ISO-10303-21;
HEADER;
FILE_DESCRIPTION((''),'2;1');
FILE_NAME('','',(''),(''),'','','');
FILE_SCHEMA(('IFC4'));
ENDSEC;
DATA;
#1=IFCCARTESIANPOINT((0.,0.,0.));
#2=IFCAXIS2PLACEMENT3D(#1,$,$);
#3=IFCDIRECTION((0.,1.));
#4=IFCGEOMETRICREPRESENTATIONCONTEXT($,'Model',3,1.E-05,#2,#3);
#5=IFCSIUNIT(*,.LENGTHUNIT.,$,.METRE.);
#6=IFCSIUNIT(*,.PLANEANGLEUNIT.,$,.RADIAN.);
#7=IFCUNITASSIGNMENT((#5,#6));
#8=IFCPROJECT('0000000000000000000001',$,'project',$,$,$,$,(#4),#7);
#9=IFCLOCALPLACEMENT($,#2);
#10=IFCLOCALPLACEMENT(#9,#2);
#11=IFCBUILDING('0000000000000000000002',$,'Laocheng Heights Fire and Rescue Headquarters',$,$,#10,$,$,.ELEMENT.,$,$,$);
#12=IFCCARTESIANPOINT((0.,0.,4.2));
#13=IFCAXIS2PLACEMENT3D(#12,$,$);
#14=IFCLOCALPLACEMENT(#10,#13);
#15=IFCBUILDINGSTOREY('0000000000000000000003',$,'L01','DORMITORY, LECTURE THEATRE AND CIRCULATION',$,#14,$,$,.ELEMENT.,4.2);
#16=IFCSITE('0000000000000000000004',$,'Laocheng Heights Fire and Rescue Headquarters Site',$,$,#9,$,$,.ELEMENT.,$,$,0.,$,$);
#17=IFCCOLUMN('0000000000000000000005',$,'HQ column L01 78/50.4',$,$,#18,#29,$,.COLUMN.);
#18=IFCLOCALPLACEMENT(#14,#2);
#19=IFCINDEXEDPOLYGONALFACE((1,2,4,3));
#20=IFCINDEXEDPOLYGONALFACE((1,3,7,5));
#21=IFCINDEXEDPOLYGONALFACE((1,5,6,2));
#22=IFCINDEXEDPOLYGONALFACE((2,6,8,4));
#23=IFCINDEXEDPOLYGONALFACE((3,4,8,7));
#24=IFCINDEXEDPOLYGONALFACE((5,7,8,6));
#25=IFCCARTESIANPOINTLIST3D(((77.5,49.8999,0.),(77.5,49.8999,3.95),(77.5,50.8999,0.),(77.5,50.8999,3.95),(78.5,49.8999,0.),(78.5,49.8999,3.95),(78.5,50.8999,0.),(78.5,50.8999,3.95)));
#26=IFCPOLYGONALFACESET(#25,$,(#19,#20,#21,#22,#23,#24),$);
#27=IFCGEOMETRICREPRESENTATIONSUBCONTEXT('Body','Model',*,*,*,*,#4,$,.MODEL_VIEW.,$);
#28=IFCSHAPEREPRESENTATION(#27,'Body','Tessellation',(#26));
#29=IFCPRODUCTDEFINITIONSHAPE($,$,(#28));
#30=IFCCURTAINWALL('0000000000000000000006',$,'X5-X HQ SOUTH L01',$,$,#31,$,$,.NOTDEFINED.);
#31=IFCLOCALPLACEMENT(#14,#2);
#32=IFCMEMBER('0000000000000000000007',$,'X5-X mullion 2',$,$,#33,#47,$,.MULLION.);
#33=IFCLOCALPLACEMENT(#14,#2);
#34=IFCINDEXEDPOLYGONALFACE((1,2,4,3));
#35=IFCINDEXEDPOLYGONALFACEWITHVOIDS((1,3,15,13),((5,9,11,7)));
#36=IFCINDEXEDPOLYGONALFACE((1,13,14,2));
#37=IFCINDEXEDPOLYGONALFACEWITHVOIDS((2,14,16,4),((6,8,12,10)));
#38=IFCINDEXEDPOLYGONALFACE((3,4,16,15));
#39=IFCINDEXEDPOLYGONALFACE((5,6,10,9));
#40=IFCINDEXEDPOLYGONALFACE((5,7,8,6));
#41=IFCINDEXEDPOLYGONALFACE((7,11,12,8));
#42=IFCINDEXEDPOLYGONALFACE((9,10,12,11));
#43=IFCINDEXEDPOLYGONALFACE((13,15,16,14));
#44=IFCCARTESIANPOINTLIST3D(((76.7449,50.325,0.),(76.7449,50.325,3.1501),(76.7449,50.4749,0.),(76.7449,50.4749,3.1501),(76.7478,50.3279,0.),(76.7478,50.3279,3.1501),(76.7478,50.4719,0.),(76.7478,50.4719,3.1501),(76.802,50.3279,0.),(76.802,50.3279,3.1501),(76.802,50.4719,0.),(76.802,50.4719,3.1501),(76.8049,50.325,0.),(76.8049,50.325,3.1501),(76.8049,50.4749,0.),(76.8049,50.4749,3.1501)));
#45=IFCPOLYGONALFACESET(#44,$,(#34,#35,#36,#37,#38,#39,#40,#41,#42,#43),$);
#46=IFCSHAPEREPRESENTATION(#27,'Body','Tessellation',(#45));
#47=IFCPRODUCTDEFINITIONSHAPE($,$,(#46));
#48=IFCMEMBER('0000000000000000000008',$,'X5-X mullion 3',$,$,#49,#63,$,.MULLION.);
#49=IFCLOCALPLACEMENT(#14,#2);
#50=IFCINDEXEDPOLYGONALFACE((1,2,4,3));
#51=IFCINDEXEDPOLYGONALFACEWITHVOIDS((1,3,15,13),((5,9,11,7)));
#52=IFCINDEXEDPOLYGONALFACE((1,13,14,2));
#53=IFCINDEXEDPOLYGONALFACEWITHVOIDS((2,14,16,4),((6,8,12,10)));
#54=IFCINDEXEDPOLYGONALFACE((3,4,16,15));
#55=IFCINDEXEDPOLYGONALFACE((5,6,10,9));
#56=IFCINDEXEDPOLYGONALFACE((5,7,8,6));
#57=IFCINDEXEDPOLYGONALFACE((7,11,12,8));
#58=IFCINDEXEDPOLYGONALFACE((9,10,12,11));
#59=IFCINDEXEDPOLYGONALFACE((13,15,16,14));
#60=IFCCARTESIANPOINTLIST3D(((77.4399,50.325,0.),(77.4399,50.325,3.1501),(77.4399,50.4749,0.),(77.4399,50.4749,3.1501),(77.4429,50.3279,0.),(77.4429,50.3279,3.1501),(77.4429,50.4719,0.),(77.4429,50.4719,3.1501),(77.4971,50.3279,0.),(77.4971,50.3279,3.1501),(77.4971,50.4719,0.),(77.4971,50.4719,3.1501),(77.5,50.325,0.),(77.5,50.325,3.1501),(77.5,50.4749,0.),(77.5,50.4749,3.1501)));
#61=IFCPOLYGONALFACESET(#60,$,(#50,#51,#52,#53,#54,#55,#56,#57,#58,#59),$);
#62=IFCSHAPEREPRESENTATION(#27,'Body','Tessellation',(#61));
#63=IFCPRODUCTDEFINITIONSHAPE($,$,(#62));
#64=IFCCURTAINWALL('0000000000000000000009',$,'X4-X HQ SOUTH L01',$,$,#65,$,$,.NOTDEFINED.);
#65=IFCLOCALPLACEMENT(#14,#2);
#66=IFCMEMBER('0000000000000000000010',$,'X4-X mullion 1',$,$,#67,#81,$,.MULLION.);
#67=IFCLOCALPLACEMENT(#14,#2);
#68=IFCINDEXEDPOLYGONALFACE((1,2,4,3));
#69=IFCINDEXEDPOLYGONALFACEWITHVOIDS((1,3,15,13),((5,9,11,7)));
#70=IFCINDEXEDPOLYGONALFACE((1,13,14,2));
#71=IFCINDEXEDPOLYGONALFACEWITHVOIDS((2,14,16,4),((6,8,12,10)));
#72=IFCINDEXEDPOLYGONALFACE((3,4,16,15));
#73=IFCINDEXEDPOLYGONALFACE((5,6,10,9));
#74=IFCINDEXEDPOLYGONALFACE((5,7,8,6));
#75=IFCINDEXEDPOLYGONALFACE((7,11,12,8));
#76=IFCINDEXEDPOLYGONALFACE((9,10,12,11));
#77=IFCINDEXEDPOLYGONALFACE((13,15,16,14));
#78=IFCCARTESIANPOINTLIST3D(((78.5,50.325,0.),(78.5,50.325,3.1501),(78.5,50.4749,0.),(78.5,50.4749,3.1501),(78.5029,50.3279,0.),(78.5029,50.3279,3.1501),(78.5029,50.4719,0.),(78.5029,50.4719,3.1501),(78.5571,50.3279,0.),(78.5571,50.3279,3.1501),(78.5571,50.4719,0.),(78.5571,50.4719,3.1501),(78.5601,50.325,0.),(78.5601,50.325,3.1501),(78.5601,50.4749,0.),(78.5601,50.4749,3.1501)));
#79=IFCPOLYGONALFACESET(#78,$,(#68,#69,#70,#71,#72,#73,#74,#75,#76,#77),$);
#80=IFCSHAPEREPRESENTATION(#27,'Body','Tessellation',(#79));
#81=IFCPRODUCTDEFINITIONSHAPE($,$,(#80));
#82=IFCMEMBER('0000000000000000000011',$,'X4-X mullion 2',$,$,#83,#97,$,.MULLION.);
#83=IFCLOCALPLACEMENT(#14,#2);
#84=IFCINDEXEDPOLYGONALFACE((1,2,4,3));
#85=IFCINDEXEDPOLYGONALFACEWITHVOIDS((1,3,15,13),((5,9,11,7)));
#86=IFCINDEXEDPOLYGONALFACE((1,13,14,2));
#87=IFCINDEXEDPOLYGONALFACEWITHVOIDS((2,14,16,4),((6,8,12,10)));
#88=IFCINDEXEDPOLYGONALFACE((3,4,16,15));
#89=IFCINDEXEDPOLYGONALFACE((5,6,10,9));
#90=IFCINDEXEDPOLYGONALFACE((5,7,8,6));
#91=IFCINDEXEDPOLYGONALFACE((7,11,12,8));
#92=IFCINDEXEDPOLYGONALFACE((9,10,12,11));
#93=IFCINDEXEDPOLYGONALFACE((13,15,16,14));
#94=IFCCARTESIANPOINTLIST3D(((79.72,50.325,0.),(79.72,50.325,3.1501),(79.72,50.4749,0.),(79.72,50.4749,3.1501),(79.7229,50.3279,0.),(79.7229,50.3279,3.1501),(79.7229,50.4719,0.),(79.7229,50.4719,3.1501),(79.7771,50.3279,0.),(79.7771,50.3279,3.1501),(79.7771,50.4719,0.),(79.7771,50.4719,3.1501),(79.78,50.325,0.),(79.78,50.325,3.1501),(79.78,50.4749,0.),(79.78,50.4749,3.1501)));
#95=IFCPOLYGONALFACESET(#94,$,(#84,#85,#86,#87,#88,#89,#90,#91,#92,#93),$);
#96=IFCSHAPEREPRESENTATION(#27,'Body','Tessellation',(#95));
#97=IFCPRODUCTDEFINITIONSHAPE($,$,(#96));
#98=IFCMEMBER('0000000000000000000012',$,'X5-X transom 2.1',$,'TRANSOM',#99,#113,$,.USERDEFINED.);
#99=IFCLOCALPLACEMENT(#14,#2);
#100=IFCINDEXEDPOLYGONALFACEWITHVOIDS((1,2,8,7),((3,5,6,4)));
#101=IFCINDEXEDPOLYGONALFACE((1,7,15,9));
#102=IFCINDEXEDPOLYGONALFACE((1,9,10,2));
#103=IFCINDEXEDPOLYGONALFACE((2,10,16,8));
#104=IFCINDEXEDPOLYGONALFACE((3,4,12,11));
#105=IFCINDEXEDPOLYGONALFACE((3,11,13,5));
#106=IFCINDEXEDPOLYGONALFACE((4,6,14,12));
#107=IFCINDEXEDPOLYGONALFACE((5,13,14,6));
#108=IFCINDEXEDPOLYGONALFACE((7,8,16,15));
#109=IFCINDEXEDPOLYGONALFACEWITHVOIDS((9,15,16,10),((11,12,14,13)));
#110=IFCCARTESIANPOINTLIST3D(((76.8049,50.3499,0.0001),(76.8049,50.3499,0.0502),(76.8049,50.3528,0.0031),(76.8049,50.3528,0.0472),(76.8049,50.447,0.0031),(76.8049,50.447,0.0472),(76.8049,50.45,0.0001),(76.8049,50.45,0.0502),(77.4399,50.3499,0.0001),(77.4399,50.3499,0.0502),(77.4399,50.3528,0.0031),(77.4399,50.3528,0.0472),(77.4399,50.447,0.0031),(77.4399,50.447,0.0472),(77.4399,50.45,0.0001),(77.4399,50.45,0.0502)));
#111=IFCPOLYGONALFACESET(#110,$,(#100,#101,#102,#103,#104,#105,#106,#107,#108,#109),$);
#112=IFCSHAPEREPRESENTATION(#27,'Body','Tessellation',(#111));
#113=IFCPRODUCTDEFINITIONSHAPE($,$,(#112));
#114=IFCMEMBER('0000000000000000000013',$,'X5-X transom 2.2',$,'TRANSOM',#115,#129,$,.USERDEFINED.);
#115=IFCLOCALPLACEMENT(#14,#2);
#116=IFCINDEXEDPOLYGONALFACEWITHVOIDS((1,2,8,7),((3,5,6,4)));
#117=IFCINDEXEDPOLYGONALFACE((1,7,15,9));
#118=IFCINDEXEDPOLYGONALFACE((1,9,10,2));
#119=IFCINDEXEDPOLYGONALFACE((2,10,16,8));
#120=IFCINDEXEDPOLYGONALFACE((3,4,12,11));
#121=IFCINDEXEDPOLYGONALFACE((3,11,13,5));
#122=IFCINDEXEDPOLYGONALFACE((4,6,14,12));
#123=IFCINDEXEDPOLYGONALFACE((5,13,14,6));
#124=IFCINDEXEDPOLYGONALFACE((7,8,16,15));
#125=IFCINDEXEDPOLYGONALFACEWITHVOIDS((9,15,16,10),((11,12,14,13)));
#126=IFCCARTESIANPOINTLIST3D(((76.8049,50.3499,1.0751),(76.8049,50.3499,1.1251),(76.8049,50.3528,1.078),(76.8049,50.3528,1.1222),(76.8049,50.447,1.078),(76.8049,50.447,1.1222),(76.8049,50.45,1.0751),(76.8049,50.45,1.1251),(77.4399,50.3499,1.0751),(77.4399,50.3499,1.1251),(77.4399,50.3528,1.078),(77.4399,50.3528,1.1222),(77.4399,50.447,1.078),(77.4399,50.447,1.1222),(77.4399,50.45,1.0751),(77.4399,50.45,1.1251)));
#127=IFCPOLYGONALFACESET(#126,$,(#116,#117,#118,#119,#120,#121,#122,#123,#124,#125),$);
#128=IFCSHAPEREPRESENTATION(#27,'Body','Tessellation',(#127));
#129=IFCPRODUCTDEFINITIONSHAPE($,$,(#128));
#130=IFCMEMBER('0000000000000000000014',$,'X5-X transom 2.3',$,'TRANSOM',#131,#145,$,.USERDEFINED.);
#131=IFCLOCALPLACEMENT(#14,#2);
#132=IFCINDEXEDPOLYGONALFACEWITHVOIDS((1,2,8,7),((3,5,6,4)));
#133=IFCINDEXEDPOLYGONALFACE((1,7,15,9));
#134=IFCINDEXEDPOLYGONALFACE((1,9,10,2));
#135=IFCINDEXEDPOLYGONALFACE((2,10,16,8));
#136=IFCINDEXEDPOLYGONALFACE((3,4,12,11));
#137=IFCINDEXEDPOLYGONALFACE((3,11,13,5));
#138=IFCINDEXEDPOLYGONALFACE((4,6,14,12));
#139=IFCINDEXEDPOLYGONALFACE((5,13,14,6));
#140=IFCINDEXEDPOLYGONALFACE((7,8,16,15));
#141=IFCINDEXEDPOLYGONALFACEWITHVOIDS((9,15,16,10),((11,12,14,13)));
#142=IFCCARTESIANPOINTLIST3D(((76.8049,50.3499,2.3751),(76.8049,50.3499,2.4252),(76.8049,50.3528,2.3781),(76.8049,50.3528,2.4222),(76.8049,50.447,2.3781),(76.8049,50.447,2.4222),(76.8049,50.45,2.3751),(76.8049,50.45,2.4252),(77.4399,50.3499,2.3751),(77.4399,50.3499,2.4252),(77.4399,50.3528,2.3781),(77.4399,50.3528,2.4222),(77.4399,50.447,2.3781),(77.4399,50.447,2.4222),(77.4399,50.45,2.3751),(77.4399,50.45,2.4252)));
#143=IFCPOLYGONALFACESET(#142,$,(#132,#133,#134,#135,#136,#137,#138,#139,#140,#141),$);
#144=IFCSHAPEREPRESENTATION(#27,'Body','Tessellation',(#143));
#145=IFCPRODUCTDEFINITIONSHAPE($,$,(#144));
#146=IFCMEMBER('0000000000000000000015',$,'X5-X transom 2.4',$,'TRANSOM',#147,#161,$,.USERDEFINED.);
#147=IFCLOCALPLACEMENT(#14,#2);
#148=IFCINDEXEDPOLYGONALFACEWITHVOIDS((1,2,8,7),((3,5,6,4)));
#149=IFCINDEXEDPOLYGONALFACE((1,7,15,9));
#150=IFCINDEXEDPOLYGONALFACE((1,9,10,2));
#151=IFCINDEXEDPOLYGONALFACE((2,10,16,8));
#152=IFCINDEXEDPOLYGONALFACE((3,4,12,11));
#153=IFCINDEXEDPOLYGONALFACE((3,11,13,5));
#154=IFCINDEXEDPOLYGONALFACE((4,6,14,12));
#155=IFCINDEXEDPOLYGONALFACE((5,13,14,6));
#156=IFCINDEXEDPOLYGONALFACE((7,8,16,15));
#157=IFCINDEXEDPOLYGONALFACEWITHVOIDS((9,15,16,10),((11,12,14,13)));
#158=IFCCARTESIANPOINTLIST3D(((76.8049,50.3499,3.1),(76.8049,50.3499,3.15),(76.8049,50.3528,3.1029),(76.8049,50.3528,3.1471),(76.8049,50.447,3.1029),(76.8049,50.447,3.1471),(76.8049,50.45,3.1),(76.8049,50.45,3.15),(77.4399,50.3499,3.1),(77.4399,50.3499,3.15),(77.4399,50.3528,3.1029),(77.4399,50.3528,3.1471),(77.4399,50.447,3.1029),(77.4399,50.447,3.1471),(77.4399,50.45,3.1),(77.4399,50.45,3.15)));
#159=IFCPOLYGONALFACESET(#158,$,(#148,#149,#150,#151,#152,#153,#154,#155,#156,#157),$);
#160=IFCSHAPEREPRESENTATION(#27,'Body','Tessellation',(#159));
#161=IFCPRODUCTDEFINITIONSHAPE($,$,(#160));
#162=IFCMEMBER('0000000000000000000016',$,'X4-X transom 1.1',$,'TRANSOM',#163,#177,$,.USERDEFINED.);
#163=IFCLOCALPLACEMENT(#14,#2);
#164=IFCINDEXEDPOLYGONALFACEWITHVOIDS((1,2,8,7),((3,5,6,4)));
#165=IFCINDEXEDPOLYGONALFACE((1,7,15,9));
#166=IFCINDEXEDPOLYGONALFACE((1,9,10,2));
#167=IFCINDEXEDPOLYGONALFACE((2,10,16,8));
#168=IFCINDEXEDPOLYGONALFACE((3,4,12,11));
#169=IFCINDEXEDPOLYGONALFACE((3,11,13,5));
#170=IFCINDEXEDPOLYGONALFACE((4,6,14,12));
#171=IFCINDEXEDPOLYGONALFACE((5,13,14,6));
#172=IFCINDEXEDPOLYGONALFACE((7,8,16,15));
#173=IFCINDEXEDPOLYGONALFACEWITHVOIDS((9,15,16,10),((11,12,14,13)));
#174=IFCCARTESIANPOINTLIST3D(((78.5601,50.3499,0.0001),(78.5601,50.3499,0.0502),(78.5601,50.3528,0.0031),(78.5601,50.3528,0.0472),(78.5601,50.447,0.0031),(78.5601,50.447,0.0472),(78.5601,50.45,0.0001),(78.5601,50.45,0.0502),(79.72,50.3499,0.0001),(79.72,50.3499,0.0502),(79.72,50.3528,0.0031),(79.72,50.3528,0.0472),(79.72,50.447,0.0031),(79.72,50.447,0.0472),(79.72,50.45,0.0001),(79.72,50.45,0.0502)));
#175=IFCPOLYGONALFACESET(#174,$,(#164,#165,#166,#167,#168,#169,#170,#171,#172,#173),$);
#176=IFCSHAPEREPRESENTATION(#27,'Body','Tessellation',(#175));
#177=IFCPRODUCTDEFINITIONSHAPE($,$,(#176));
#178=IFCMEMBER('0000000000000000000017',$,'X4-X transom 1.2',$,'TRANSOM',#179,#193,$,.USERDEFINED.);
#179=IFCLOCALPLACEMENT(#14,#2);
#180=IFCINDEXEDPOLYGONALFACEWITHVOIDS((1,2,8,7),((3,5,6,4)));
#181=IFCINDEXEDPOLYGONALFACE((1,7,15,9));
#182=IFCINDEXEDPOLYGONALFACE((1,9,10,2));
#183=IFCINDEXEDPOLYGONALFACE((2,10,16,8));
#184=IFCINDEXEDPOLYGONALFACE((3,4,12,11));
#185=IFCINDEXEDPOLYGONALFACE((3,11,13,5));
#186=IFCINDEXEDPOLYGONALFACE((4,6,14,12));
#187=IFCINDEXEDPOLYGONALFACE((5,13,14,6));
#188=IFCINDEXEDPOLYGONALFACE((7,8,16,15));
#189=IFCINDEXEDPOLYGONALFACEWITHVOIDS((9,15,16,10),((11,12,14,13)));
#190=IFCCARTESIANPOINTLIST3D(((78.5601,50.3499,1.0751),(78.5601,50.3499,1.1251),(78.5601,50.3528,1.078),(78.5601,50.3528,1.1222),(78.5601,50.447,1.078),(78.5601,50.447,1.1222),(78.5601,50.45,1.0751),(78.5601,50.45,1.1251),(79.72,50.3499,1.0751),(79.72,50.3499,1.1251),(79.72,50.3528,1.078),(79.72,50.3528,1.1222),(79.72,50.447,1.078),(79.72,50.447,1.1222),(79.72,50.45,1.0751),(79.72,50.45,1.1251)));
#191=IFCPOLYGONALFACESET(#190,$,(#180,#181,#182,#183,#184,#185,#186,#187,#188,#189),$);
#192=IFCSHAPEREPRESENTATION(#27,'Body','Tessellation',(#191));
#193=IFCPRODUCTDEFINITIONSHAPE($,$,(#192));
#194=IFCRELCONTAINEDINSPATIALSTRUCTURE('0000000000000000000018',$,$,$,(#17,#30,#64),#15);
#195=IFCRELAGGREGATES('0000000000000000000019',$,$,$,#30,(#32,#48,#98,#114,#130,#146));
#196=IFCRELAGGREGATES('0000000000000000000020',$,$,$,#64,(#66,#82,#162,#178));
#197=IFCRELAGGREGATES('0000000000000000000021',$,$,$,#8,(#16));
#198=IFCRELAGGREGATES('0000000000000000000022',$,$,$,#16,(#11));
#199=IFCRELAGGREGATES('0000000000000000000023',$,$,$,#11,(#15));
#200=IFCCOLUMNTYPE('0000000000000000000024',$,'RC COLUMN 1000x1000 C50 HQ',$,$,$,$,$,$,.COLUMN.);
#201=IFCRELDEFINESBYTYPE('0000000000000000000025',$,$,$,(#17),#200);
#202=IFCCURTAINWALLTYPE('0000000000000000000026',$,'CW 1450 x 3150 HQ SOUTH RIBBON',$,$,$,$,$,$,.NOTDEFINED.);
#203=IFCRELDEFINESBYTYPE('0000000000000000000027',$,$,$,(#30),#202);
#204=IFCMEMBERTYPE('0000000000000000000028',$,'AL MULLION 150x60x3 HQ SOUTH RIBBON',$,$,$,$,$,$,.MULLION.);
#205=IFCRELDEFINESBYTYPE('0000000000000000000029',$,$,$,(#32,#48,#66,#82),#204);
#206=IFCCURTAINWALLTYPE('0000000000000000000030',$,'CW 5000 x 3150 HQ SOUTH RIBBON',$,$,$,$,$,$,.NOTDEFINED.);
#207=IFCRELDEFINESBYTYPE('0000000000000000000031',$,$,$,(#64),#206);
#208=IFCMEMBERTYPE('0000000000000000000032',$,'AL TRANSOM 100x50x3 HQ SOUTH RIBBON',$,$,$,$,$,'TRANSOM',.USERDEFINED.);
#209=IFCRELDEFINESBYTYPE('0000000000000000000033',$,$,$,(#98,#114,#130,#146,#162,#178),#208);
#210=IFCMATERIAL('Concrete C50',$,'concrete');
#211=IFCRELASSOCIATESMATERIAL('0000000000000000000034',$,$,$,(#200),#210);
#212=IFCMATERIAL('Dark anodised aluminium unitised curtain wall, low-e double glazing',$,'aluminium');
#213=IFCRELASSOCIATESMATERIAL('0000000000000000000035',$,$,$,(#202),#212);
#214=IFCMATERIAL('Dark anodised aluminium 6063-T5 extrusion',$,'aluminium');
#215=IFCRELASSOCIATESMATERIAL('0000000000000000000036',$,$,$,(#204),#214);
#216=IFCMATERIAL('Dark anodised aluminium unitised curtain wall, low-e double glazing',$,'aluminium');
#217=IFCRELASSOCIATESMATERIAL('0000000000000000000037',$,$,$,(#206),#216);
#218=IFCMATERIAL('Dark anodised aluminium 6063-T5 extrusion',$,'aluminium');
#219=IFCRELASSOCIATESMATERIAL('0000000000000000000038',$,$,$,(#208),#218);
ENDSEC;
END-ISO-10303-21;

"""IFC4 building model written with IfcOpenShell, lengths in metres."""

from ifc_helpers import new_model, si_unit, direction, frame, origin, origin_2d, place, context, subcontext, project, spatial, rectangle, hollow_rectangle, extrude, material, material_profile, profile_set, type_object, element, aggregate, save


model = new_model("IFC4")

# Units and contexts
model_context = context("Model", 3, precision=1e-05, world=origin(), true_north=direction((0.0, 1.0)))
body_context = subcontext(model_context, "Body", "Model", "MODEL_VIEW")
ifc_project = project(units=[si_unit("LENGTHUNIT", "METRE"), si_unit("PLANEANGLEUNIT", "RADIAN")], contexts=[model_context])

# Site, building, storey
site_placement = place(None, origin())
site = spatial("IfcSite", under=ifc_project, at=site_placement, Name="Laocheng Heights Fire and Rescue Headquarters Site", CompositionType="ELEMENT", RefElevation=0.0)
building_placement = place(site_placement, origin())
building = spatial("IfcBuilding", under=site, at=building_placement, Name="Laocheng Heights Fire and Rescue Headquarters", CompositionType="ELEMENT")
storey_placement = place(building_placement, frame((0.0, 0.0, 4.2)))
storey = spatial("IfcBuildingStorey", under=building, at=storey_placement, Name="L01", Description="DORMITORY, LECTURE THEATRE AND CIRCULATION", CompositionType="ELEMENT", Elevation=4.2)

# Column
ifc_material_1 = material(Name="Concrete C50", Category="concrete")
ifc_material_profile_1 = material_profile(ifc_material_1, rectangle(XDim=1.0, YDim=1.0, at=origin_2d()), Name="RC COLUMN 1000x1000 C50 HQ")
ifc_profile_set_1 = profile_set([ifc_material_profile_1], Name="Concrete C50")
column_type = type_object("IfcColumnType", Name="RC COLUMN 1000x1000 C50 HQ", PredefinedType="COLUMN", material=ifc_profile_set_1)
column_placement = place(storey_placement, frame((78.0, 50.3999, 0.0), z_axis=(0.0, 0.0, 1.0), x_axis=(1.0, 0.0, 0.0)))
element("IfcColumn", 1, at=column_placement, inside=storey, type_object=column_type, Name="HQ column L01 78/50.4", PredefinedType="COLUMN", context=body_context, shape_type="SweptSolid", body=[
    extrude(rectangle(XDim=1.0, YDim=1.0, at=origin_2d()), origin(), (0.0, 0.0, 1.0), 3.95),
])

# Curtain walls, members
ifc_material_2 = material(Name="Dark anodised aluminium unitised curtain wall, low-e double glazing", Category="aluminium")
curtain_wall_type_1 = type_object("IfcCurtainWallType", Name="CW 1450 x 3150 HQ SOUTH RIBBON", PredefinedType="NOTDEFINED", material=ifc_material_2)
curtain_wall_1_placement = place(storey_placement, origin())
curtain_wall_1 = element("IfcCurtainWall", 2, at=curtain_wall_1_placement, inside=storey, type_object=curtain_wall_type_1, Name="X5-X HQ SOUTH L01", PredefinedType="NOTDEFINED")
ifc_material_3 = material(Name="Dark anodised aluminium 6063-T5 extrusion", Category="aluminium")
ifc_material_profile_2 = material_profile(ifc_material_3, hollow_rectangle(XDim=0.1499, YDim=0.0601, WallThickness=0.0029, at=origin_2d()), Name="AL MULLION 150x60x3 HQ SOUTH RIBBON")
ifc_profile_set_2 = profile_set([ifc_material_profile_2], Name="Dark anodised aluminium 6063-T5 extrusion")
member_type_1 = type_object("IfcMemberType", Name="AL MULLION 150x60x3 HQ SOUTH RIBBON", PredefinedType="MULLION", material=ifc_profile_set_2)
member_1_placement = place(storey_placement, frame((76.7749, 50.3999, 0.0), z_axis=(0.0, 0.0, 1.0), x_axis=(0.0, 1.0, 0.0)))
member_1 = element("IfcMember", 3, at=member_1_placement, type_object=member_type_1, Name="X5-X mullion 2", PredefinedType="MULLION", context=body_context, shape_type="SweptSolid", body=[
    extrude(hollow_rectangle(XDim=0.1499, YDim=0.0601, WallThickness=0.0029, at=origin_2d()), origin(), (0.0, 0.0, 1.0), 3.1501),
])
member_2_placement = place(storey_placement, frame((77.47, 50.3999, 0.0), z_axis=(0.0, 0.0, 1.0), x_axis=(0.0, 1.0, 0.0)))
member_2 = element("IfcMember", 4, at=member_2_placement, type_object=member_type_1, Name="X5-X mullion 3", PredefinedType="MULLION", context=body_context, shape_type="SweptSolid", body=[
    extrude(hollow_rectangle(XDim=0.1499, YDim=0.0601, WallThickness=0.0029, at=origin_2d()), origin(), (0.0, 0.0, 1.0), 3.1501),
])
ifc_material_4 = material(Name="Dark anodised aluminium unitised curtain wall, low-e double glazing", Category="aluminium")
curtain_wall_type_2 = type_object("IfcCurtainWallType", Name="CW 5000 x 3150 HQ SOUTH RIBBON", PredefinedType="NOTDEFINED", material=ifc_material_4)
curtain_wall_2_placement = place(storey_placement, origin())
curtain_wall_2 = element("IfcCurtainWall", 5, at=curtain_wall_2_placement, inside=storey, type_object=curtain_wall_type_2, Name="X4-X HQ SOUTH L01", PredefinedType="NOTDEFINED")
member_3_placement = place(storey_placement, frame((78.53, 50.3999, 0.0), z_axis=(0.0, 0.0, 1.0), x_axis=(0.0, 1.0, 0.0)))
member_3 = element("IfcMember", 6, at=member_3_placement, type_object=member_type_1, Name="X4-X mullion 1", PredefinedType="MULLION", context=body_context, shape_type="SweptSolid", body=[
    extrude(hollow_rectangle(XDim=0.1499, YDim=0.0601, WallThickness=0.0029, at=origin_2d()), origin(), (0.0, 0.0, 1.0), 3.1501),
])
member_4_placement = place(storey_placement, frame((79.75, 50.3999, 0.0), z_axis=(0.0, 0.0, 1.0), x_axis=(0.0, 1.0, 0.0)))
member_4 = element("IfcMember", 7, at=member_4_placement, type_object=member_type_1, Name="X4-X mullion 2", PredefinedType="MULLION", context=body_context, shape_type="SweptSolid", body=[
    extrude(hollow_rectangle(XDim=0.1499, YDim=0.0601, WallThickness=0.0029, at=origin_2d()), origin(), (0.0, 0.0, 1.0), 3.1501),
])

# Members
ifc_material_5 = material(Name="Dark anodised aluminium 6063-T5 extrusion", Category="aluminium")
ifc_material_profile_3 = material_profile(ifc_material_5, hollow_rectangle(XDim=0.1001, YDim=0.05, WallThickness=0.0029, at=origin_2d()), Name="AL TRANSOM 100x50x3 HQ SOUTH RIBBON")
ifc_profile_set_3 = profile_set([ifc_material_profile_3], Name="Dark anodised aluminium 6063-T5 extrusion")
member_type_2 = type_object("IfcMemberType", Name="AL TRANSOM 100x50x3 HQ SOUTH RIBBON", ElementType="TRANSOM", PredefinedType="USERDEFINED", material=ifc_profile_set_3)
member_5_placement = place(storey_placement, frame((76.8049, 50.3999, 0.0251), z_axis=(1.0, 0.0, 0.0), x_axis=(0.0, 1.0, 0.0)))
member_5 = element("IfcMember", 8, at=member_5_placement, type_object=member_type_2, Name="X5-X transom 2.1", ObjectType="TRANSOM", PredefinedType="USERDEFINED", context=body_context, shape_type="SweptSolid", body=[
    extrude(hollow_rectangle(XDim=0.1001, YDim=0.05, WallThickness=0.0029, at=origin_2d()), origin(), (0.0, 0.0, 1.0), 0.635),
])
member_6_placement = place(storey_placement, frame((76.8049, 50.3999, 1.1001), z_axis=(1.0, 0.0, 0.0), x_axis=(0.0, 1.0, 0.0)))
member_6 = element("IfcMember", 9, at=member_6_placement, type_object=member_type_2, Name="X5-X transom 2.2", ObjectType="TRANSOM", PredefinedType="USERDEFINED", context=body_context, shape_type="SweptSolid", body=[
    extrude(hollow_rectangle(XDim=0.1001, YDim=0.05, WallThickness=0.0029, at=origin_2d()), origin(), (0.0, 0.0, 1.0), 0.635),
])
member_7_placement = place(storey_placement, frame((76.8049, 50.3999, 2.4001), z_axis=(1.0, 0.0, 0.0), x_axis=(0.0, 1.0, 0.0)))
member_7 = element("IfcMember", 10, at=member_7_placement, type_object=member_type_2, Name="X5-X transom 2.3", ObjectType="TRANSOM", PredefinedType="USERDEFINED", context=body_context, shape_type="SweptSolid", body=[
    extrude(hollow_rectangle(XDim=0.1001, YDim=0.05, WallThickness=0.0029, at=origin_2d()), origin(), (0.0, 0.0, 1.0), 0.635),
])
member_8_placement = place(storey_placement, frame((76.8049, 50.3999, 3.125), z_axis=(1.0, 0.0, 0.0), x_axis=(0.0, 1.0, 0.0)))
member_8 = element("IfcMember", 11, at=member_8_placement, type_object=member_type_2, Name="X5-X transom 2.4", ObjectType="TRANSOM", PredefinedType="USERDEFINED", context=body_context, shape_type="SweptSolid", body=[
    extrude(hollow_rectangle(XDim=0.1001, YDim=0.05, WallThickness=0.0029, at=origin_2d()), origin(), (0.0, 0.0, 1.0), 0.635),
])
member_9_placement = place(storey_placement, frame((78.5601, 50.3999, 0.0251), z_axis=(1.0, 0.0, 0.0), x_axis=(0.0, 1.0, 0.0)))
member_9 = element("IfcMember", 12, at=member_9_placement, type_object=member_type_2, Name="X4-X transom 1.1", ObjectType="TRANSOM", PredefinedType="USERDEFINED", context=body_context, shape_type="SweptSolid", body=[
    extrude(hollow_rectangle(XDim=0.1001, YDim=0.05, WallThickness=0.0029, at=origin_2d()), origin(), (0.0, 0.0, 1.0), 1.1599),
])
member_10_placement = place(storey_placement, frame((78.5601, 50.3999, 1.1001), z_axis=(1.0, 0.0, 0.0), x_axis=(0.0, 1.0, 0.0)))
member_10 = element("IfcMember", 13, at=member_10_placement, type_object=member_type_2, Name="X4-X transom 1.2", ObjectType="TRANSOM", PredefinedType="USERDEFINED", context=body_context, shape_type="SweptSolid", body=[
    extrude(hollow_rectangle(XDim=0.1001, YDim=0.05, WallThickness=0.0029, at=origin_2d()), origin(), (0.0, 0.0, 1.0), 1.1599),
])

aggregate(curtain_wall_1, [member_1, member_2, member_5, member_6, member_7, member_8])
aggregate(curtain_wall_2, [member_3, member_4, member_9, member_10])

save(model, "model.ifc")
